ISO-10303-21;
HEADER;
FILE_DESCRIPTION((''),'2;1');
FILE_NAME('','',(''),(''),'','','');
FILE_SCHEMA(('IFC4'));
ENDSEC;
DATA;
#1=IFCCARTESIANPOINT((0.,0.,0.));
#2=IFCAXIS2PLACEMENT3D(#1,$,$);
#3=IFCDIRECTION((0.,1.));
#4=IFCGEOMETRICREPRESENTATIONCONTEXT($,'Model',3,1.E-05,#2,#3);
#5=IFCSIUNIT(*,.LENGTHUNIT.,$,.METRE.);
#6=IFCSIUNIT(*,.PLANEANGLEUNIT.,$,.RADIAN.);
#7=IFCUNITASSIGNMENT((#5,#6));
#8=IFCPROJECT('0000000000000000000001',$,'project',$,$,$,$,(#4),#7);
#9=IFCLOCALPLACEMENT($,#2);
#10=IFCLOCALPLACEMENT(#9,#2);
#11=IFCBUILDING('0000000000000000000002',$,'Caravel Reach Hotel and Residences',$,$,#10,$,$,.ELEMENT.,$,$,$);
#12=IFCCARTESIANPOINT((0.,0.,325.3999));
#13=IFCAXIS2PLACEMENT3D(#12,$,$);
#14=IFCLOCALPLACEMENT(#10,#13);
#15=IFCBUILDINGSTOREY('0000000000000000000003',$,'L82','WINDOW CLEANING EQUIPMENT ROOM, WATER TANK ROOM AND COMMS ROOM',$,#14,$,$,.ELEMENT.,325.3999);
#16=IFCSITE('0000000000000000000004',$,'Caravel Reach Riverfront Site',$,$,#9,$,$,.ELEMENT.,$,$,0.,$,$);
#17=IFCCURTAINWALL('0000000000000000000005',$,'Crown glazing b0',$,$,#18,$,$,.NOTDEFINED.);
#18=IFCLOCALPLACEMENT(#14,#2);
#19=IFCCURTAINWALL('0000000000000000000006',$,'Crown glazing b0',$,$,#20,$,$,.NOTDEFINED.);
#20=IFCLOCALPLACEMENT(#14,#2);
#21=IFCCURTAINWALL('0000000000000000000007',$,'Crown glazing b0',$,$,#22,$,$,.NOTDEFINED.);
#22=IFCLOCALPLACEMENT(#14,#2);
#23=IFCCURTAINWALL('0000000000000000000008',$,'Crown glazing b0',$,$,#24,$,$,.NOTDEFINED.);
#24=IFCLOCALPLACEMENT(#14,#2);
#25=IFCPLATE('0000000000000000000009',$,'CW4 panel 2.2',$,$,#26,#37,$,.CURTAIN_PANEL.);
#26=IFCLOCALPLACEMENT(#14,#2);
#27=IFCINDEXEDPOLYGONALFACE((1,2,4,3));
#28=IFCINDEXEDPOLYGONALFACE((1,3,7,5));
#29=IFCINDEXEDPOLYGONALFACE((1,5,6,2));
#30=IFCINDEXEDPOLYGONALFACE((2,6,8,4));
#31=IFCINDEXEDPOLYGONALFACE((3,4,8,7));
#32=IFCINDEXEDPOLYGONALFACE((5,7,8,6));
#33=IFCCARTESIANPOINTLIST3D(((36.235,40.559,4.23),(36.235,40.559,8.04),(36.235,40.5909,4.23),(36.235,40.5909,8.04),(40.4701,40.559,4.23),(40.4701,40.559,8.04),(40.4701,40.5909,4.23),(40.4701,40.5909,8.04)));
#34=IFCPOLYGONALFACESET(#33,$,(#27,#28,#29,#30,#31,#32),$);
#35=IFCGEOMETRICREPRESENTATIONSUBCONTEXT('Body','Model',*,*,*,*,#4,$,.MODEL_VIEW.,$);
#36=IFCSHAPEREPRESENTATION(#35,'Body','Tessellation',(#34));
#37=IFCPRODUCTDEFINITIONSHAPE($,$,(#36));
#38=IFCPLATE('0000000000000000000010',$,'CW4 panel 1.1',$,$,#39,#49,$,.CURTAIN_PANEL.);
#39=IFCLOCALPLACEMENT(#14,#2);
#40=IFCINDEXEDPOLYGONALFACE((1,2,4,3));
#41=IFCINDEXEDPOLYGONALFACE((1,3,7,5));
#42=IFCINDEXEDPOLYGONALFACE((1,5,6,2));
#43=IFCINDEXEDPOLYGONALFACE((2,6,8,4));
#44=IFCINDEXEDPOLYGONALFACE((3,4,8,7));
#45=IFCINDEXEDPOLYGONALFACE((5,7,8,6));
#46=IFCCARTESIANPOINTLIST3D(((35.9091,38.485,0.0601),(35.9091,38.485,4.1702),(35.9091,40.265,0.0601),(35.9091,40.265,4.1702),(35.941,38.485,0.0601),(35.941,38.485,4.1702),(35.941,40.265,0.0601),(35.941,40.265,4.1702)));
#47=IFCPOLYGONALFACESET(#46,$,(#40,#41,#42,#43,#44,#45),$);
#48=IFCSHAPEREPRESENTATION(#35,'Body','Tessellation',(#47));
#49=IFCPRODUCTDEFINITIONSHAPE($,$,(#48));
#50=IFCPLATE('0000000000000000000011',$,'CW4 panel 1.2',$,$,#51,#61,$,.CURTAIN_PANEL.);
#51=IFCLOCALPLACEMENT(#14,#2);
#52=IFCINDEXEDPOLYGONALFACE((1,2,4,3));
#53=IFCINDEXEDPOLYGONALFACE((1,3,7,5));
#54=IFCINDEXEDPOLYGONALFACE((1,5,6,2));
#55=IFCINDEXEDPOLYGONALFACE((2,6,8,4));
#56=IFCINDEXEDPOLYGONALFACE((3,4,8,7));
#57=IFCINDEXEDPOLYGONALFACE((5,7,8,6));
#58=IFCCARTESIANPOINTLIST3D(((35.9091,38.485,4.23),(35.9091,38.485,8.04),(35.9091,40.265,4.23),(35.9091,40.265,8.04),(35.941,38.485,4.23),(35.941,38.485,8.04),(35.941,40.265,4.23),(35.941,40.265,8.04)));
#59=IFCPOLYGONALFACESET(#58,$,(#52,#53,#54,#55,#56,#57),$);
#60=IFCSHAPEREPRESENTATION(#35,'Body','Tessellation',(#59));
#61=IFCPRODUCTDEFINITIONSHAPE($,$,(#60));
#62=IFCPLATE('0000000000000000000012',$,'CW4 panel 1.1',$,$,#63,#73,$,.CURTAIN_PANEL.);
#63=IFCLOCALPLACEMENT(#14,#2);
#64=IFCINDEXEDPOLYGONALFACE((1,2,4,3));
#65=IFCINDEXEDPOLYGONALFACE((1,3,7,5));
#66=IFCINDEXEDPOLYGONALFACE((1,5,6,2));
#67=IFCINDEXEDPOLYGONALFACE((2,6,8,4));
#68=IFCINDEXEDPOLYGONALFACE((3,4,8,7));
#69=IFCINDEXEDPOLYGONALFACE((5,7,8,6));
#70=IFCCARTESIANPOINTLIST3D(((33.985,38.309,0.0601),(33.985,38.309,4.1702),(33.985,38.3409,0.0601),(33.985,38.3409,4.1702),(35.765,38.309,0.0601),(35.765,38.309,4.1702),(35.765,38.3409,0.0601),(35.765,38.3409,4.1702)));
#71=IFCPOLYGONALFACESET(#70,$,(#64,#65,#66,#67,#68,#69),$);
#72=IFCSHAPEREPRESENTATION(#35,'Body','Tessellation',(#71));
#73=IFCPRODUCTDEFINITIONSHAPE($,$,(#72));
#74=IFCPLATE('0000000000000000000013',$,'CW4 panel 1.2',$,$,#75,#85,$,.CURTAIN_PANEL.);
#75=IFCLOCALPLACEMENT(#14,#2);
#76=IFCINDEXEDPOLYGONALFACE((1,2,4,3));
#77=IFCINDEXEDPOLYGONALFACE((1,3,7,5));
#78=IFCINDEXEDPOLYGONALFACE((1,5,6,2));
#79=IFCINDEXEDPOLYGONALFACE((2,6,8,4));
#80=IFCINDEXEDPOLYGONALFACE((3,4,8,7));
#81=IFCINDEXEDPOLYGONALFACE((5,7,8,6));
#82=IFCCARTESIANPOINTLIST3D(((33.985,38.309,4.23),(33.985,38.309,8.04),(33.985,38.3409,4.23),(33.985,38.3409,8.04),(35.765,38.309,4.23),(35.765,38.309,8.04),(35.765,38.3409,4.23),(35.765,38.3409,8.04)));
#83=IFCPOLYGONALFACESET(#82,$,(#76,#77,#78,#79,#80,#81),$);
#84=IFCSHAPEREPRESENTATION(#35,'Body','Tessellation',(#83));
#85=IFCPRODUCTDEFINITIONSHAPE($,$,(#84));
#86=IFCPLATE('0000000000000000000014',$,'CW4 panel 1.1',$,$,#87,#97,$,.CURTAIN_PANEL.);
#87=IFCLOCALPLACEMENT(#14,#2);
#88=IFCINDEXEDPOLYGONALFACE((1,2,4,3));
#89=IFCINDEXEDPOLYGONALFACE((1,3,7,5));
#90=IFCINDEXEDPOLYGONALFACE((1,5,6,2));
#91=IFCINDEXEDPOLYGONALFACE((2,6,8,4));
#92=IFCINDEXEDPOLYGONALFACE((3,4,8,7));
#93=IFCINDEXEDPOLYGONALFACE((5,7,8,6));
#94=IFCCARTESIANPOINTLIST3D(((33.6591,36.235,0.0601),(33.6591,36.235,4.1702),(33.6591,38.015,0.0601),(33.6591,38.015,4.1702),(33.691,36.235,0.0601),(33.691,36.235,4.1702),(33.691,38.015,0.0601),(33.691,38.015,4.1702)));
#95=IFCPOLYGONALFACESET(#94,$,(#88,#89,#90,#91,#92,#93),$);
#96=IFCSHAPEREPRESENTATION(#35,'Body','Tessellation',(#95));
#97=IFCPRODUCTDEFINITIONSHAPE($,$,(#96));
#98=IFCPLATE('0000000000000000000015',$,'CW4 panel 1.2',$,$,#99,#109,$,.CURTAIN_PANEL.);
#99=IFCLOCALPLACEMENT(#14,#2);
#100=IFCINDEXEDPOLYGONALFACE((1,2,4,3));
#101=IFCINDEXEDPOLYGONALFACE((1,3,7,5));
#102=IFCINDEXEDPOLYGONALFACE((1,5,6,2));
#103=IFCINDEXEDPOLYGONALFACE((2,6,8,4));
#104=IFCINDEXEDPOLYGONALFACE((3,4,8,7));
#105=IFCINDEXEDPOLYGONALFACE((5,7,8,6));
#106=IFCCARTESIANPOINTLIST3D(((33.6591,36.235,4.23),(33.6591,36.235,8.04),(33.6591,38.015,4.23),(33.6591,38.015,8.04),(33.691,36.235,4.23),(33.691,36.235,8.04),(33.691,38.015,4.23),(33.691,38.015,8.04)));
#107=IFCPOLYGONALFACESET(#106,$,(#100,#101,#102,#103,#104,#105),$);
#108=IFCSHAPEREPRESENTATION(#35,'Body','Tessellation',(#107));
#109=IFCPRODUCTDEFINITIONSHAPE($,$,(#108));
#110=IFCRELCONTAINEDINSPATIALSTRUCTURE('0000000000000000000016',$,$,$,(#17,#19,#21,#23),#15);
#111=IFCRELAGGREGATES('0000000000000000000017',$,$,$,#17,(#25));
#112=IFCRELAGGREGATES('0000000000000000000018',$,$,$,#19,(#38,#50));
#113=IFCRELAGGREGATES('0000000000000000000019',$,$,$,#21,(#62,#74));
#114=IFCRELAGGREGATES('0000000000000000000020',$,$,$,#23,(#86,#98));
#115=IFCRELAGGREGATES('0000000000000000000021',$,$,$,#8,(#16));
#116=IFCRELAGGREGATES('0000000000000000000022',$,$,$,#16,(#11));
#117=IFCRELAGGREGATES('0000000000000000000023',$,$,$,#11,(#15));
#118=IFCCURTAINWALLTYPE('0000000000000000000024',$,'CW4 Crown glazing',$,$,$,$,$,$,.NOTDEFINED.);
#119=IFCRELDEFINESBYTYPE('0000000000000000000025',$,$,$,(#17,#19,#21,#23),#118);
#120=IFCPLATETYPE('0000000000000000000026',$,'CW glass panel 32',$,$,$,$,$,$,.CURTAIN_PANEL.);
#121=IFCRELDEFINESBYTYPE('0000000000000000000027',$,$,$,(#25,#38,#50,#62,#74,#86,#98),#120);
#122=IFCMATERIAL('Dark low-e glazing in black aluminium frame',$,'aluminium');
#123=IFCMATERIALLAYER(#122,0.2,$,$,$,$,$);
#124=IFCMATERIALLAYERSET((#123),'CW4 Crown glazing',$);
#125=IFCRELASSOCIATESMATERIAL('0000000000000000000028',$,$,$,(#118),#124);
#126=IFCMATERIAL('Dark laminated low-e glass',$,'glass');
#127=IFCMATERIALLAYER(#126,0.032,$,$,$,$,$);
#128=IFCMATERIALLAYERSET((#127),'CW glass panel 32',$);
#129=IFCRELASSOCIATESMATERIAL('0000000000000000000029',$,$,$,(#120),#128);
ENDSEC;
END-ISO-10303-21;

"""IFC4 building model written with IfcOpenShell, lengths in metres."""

from ifc_helpers import new_model, si_unit, direction, frame, origin, origin_2d, place, context, subcontext, project, spatial, rectangle, extrude, material, layer, layer_set, type_object, element, aggregate, save


model = new_model("IFC4")

# Units and contexts
model_context = context("Model", 3, precision=1e-05, world=origin(), true_north=direction((0.0, 1.0)))
body_context = subcontext(model_context, "Body", "Model", "MODEL_VIEW")
ifc_project = project(units=[si_unit("LENGTHUNIT", "METRE"), si_unit("PLANEANGLEUNIT", "RADIAN")], contexts=[model_context])

# Site, building, storey
site_placement = place(None, origin())
site = spatial("IfcSite", under=ifc_project, at=site_placement, Name="Caravel Reach Riverfront Site", CompositionType="ELEMENT", RefElevation=0.0)
building_placement = place(site_placement, origin())
building = spatial("IfcBuilding", under=site, at=building_placement, Name="Caravel Reach Hotel and Residences", CompositionType="ELEMENT")
storey_placement = place(building_placement, frame((0.0, 0.0, 325.3999)))
storey = spatial("IfcBuildingStorey", under=building, at=storey_placement, Name="L82", Description="WINDOW CLEANING EQUIPMENT ROOM, WATER TANK ROOM AND COMMS ROOM", CompositionType="ELEMENT", Elevation=325.3999)

# Curtain walls
ifc_material_1 = material(Name="Dark low-e glazing in black aluminium frame", Category="aluminium")
ifc_layer_1 = layer(ifc_material_1, 0.2)
ifc_layer_set_1 = layer_set([ifc_layer_1], Name="CW4 Crown glazing")
curtain_wall_type = type_object("IfcCurtainWallType", Name="CW4 Crown glazing", PredefinedType="NOTDEFINED", material=ifc_layer_set_1)
curtain_wall_1_placement = place(storey_placement, origin())
curtain_wall_1 = element("IfcCurtainWall", 1, at=curtain_wall_1_placement, inside=storey, type_object=curtain_wall_type, Name="Crown glazing b0", PredefinedType="NOTDEFINED")
curtain_wall_2_placement = place(storey_placement, origin())
curtain_wall_2 = element("IfcCurtainWall", 2, at=curtain_wall_2_placement, inside=storey, type_object=curtain_wall_type, Name="Crown glazing b0", PredefinedType="NOTDEFINED")
curtain_wall_3_placement = place(storey_placement, origin())
curtain_wall_3 = element("IfcCurtainWall", 3, at=curtain_wall_3_placement, inside=storey, type_object=curtain_wall_type, Name="Crown glazing b0", PredefinedType="NOTDEFINED")
curtain_wall_4_placement = place(storey_placement, origin())
curtain_wall_4 = element("IfcCurtainWall", 4, at=curtain_wall_4_placement, inside=storey, type_object=curtain_wall_type, Name="Crown glazing b0", PredefinedType="NOTDEFINED")

# Plates
ifc_material_2 = material(Name="Dark laminated low-e glass", Category="glass")
ifc_layer_2 = layer(ifc_material_2, 0.032)
ifc_layer_set_2 = layer_set([ifc_layer_2], Name="CW glass panel 32")
plate_type = type_object("IfcPlateType", Name="CW glass panel 32", PredefinedType="CURTAIN_PANEL", material=ifc_layer_set_2)
plate_1_placement = place(storey_placement, frame((38.3525, 40.575, 4.23), z_axis=(0.0, 0.0, 1.0), x_axis=(-1.0, 0.0, 0.0)))
plate_1 = element("IfcPlate", 5, at=plate_1_placement, type_object=plate_type, Name="CW4 panel 2.2", PredefinedType="CURTAIN_PANEL", context=body_context, shape_type="SweptSolid", body=[
    extrude(rectangle(XDim=4.2351, YDim=0.032, at=origin_2d()), origin(), (0.0, 0.0, 1.0), 3.8101),
])
aggregate(curtain_wall_1, [plate_1])
plate_2_placement = place(storey_placement, frame((35.925, 39.375, 0.0601), z_axis=(0.0, 0.0, 1.0), x_axis=(0.0, -1.0, 0.0)))
plate_2 = element("IfcPlate", 6, at=plate_2_placement, type_object=plate_type, Name="CW4 panel 1.1", PredefinedType="CURTAIN_PANEL", context=body_context, shape_type="SweptSolid", body=[
    extrude(rectangle(XDim=1.78, YDim=0.032, at=origin_2d()), origin(), (0.0, 0.0, 1.0), 4.1101),
])
plate_3_placement = place(storey_placement, frame((35.925, 39.375, 4.23), z_axis=(0.0, 0.0, 1.0), x_axis=(0.0, -1.0, 0.0)))
plate_3 = element("IfcPlate", 7, at=plate_3_placement, type_object=plate_type, Name="CW4 panel 1.2", PredefinedType="CURTAIN_PANEL", context=body_context, shape_type="SweptSolid", body=[
    extrude(rectangle(XDim=1.78, YDim=0.032, at=origin_2d()), origin(), (0.0, 0.0, 1.0), 3.8101),
])
aggregate(curtain_wall_2, [plate_2, plate_3])
plate_4_placement = place(storey_placement, frame((34.875, 38.325, 0.0601), z_axis=(0.0, 0.0, 1.0), x_axis=(-1.0, 0.0, 0.0)))
plate_4 = element("IfcPlate", 8, at=plate_4_placement, type_object=plate_type, Name="CW4 panel 1.1", PredefinedType="CURTAIN_PANEL", context=body_context, shape_type="SweptSolid", body=[
    extrude(rectangle(XDim=1.78, YDim=0.032, at=origin_2d()), origin(), (0.0, 0.0, 1.0), 4.1101),
])
plate_5_placement = place(storey_placement, frame((34.875, 38.325, 4.23), z_axis=(0.0, 0.0, 1.0), x_axis=(-1.0, 0.0, 0.0)))
plate_5 = element("IfcPlate", 9, at=plate_5_placement, type_object=plate_type, Name="CW4 panel 1.2", PredefinedType="CURTAIN_PANEL", context=body_context, shape_type="SweptSolid", body=[
    extrude(rectangle(XDim=1.78, YDim=0.032, at=origin_2d()), origin(), (0.0, 0.0, 1.0), 3.8101),
])
aggregate(curtain_wall_3, [plate_4, plate_5])
plate_6_placement = place(storey_placement, frame((33.675, 37.125, 0.0601), z_axis=(0.0, 0.0, 1.0), x_axis=(0.0, -1.0, 0.0)))
plate_6 = element("IfcPlate", 10, at=plate_6_placement, type_object=plate_type, Name="CW4 panel 1.1", PredefinedType="CURTAIN_PANEL", context=body_context, shape_type="SweptSolid", body=[
    extrude(rectangle(XDim=1.78, YDim=0.032, at=origin_2d()), origin(), (0.0, 0.0, 1.0), 4.1101),
])
plate_7_placement = place(storey_placement, frame((33.675, 37.125, 4.23), z_axis=(0.0, 0.0, 1.0), x_axis=(0.0, -1.0, 0.0)))
plate_7 = element("IfcPlate", 11, at=plate_7_placement, type_object=plate_type, Name="CW4 panel 1.2", PredefinedType="CURTAIN_PANEL", context=body_context, shape_type="SweptSolid", body=[
    extrude(rectangle(XDim=1.78, YDim=0.032, at=origin_2d()), origin(), (0.0, 0.0, 1.0), 3.8101),
])
aggregate(curtain_wall_4, [plate_6, plate_7])

save(model, "model.ifc")
